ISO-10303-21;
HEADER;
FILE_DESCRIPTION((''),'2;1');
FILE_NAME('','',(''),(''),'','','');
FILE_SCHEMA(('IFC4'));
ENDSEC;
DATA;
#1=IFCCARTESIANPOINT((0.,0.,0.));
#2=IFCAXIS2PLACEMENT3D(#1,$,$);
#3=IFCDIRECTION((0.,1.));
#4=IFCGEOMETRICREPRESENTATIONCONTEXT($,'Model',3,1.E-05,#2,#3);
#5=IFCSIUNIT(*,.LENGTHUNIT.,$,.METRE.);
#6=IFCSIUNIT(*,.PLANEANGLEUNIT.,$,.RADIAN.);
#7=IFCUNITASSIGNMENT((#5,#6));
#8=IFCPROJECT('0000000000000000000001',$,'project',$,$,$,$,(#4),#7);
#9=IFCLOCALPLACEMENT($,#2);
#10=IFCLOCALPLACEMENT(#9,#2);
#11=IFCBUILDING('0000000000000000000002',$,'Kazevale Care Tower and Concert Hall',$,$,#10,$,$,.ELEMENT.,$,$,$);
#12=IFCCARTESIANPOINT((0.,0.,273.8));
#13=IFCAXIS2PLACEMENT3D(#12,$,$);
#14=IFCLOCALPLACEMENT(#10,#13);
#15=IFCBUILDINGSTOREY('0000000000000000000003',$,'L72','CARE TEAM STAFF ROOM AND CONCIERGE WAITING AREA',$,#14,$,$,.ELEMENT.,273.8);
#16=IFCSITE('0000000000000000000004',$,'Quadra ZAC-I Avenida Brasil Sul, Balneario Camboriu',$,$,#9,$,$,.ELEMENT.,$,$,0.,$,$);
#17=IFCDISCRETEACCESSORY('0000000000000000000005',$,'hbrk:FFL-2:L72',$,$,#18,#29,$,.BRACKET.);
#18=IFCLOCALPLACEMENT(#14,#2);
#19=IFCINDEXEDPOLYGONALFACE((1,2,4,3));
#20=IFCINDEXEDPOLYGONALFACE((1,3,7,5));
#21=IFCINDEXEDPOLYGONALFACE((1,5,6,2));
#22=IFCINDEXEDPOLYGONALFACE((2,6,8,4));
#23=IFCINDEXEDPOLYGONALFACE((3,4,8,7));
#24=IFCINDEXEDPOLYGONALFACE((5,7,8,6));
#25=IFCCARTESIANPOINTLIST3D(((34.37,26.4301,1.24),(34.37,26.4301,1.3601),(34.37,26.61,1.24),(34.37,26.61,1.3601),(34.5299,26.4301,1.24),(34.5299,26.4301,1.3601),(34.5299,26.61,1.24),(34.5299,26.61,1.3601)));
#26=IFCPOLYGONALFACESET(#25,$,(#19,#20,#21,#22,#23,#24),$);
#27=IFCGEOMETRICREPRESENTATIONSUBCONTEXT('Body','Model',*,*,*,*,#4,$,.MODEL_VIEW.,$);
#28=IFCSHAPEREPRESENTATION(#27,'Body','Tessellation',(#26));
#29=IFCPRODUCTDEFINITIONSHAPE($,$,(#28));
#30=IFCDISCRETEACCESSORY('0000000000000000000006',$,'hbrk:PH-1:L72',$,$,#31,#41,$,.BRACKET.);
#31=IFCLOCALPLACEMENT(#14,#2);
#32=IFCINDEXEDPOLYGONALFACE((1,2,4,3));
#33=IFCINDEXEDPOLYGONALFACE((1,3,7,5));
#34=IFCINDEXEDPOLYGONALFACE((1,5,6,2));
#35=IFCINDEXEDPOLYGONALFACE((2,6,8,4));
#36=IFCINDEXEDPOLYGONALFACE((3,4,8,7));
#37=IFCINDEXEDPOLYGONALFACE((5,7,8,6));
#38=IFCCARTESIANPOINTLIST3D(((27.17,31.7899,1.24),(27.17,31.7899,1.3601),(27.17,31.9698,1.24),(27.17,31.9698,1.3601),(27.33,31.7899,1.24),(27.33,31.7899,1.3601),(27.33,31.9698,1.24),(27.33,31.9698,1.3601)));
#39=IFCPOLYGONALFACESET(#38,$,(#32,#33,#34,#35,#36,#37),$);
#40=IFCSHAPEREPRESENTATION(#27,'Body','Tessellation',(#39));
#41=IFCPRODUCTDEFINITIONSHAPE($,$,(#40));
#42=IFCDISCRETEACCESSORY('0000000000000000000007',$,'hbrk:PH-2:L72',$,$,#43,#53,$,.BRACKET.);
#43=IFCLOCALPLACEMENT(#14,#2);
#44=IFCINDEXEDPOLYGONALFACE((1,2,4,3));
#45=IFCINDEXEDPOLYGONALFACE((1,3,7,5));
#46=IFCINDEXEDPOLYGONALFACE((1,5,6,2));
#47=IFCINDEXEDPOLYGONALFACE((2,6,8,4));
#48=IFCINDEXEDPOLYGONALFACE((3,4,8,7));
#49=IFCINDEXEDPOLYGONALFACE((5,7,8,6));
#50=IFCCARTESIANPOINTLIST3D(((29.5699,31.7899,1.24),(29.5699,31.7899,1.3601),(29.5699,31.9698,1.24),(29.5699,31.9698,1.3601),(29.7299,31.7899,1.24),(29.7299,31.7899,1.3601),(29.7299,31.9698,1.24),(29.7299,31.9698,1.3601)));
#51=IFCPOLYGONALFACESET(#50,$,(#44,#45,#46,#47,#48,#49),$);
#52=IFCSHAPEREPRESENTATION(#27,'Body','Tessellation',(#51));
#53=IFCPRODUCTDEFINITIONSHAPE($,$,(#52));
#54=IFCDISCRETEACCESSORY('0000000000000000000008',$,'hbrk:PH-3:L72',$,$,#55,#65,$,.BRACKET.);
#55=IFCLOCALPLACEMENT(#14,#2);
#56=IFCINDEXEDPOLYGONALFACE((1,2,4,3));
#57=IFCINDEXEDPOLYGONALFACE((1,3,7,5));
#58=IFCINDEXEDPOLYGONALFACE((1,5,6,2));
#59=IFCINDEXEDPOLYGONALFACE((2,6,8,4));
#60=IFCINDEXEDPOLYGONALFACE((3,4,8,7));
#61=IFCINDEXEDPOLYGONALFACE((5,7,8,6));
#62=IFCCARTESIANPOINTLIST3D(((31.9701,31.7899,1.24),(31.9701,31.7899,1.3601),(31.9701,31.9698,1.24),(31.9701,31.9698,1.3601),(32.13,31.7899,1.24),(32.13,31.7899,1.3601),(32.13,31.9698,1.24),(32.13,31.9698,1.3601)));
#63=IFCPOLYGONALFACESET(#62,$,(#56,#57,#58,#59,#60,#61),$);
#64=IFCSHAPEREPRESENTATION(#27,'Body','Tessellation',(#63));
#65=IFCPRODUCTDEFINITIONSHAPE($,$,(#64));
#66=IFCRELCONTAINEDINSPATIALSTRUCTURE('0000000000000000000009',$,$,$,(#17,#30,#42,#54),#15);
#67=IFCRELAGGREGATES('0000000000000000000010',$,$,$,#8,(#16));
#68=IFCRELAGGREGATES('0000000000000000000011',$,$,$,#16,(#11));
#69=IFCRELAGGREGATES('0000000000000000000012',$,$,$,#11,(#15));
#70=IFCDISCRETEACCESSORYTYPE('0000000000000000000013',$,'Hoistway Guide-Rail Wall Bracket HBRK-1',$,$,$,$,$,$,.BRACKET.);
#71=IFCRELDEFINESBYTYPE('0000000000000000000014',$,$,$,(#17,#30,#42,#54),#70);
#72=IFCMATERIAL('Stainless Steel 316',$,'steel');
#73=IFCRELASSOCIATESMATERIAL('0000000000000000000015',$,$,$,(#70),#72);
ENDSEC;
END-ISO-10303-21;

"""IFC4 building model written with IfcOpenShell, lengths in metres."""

from ifc_helpers import new_model, si_unit, direction, frame, origin, origin_2d, place, context, subcontext, project, spatial, rectangle, extrude, material, type_object, element, save


model = new_model("IFC4")

# Units and contexts
model_context = context("Model", 3, precision=1e-05, world=origin(), true_north=direction((0.0, 1.0)))
body_context = subcontext(model_context, "Body", "Model", "MODEL_VIEW")
ifc_project = project(units=[si_unit("LENGTHUNIT", "METRE"), si_unit("PLANEANGLEUNIT", "RADIAN")], contexts=[model_context])

# Site, building, storey
site_placement = place(None, origin())
site = spatial("IfcSite", under=ifc_project, at=site_placement, Name="Quadra ZAC-I Avenida Brasil Sul, Balneario Camboriu", CompositionType="ELEMENT", RefElevation=0.0)
building_placement = place(site_placement, origin())
building = spatial("IfcBuilding", under=site, at=building_placement, Name="Kazevale Care Tower and Concert Hall", CompositionType="ELEMENT")
storey_placement = place(building_placement, frame((0.0, 0.0, 273.8)))
storey = spatial("IfcBuildingStorey", under=building, at=storey_placement, Name="L72", Description="CARE TEAM STAFF ROOM AND CONCIERGE WAITING AREA", CompositionType="ELEMENT", Elevation=273.8)

# Shared definitions
ifc_material_1 = material(Name="Stainless Steel 316", Category="steel")

# Discrete accessories
discrete_accessory_type = type_object("IfcDiscreteAccessoryType", Name="Hoistway Guide-Rail Wall Bracket HBRK-1", PredefinedType="BRACKET", material=ifc_material_1)
for number, where, z_axis, x_axis, name in (
    (1, (34.45, 26.52, 1.24), (0.0, 0.0, 1.0), (1.0, 0.0, 0.0), "hbrk:FFL-2:L72"),
    (2, (27.25, 31.8799, 1.24), (0.0, 0.0, 1.0), (1.0, 0.0, 0.0), "hbrk:PH-1:L72"),
    (3, (29.6499, 31.8799, 1.24), (0.0, 0.0, 1.0), (1.0, 0.0, 0.0), "hbrk:PH-2:L72"),
    (4, (32.05, 31.8799, 1.24), (0.0, 0.0, 1.0), (1.0, 0.0, 0.0), "hbrk:PH-3:L72"),
):
    element("IfcDiscreteAccessory", number, at=place(storey_placement, frame(where, z_axis=z_axis, x_axis=x_axis)), inside=storey, type_object=discrete_accessory_type, Name=name, PredefinedType="BRACKET", context=body_context, shape_type="SweptSolid", body=[
        extrude(rectangle(XDim=0.1599, YDim=0.1799, at=origin_2d()), origin(), (0.0, 0.0, 1.0), 0.1201),
    ])

save(model, "model.ifc")
